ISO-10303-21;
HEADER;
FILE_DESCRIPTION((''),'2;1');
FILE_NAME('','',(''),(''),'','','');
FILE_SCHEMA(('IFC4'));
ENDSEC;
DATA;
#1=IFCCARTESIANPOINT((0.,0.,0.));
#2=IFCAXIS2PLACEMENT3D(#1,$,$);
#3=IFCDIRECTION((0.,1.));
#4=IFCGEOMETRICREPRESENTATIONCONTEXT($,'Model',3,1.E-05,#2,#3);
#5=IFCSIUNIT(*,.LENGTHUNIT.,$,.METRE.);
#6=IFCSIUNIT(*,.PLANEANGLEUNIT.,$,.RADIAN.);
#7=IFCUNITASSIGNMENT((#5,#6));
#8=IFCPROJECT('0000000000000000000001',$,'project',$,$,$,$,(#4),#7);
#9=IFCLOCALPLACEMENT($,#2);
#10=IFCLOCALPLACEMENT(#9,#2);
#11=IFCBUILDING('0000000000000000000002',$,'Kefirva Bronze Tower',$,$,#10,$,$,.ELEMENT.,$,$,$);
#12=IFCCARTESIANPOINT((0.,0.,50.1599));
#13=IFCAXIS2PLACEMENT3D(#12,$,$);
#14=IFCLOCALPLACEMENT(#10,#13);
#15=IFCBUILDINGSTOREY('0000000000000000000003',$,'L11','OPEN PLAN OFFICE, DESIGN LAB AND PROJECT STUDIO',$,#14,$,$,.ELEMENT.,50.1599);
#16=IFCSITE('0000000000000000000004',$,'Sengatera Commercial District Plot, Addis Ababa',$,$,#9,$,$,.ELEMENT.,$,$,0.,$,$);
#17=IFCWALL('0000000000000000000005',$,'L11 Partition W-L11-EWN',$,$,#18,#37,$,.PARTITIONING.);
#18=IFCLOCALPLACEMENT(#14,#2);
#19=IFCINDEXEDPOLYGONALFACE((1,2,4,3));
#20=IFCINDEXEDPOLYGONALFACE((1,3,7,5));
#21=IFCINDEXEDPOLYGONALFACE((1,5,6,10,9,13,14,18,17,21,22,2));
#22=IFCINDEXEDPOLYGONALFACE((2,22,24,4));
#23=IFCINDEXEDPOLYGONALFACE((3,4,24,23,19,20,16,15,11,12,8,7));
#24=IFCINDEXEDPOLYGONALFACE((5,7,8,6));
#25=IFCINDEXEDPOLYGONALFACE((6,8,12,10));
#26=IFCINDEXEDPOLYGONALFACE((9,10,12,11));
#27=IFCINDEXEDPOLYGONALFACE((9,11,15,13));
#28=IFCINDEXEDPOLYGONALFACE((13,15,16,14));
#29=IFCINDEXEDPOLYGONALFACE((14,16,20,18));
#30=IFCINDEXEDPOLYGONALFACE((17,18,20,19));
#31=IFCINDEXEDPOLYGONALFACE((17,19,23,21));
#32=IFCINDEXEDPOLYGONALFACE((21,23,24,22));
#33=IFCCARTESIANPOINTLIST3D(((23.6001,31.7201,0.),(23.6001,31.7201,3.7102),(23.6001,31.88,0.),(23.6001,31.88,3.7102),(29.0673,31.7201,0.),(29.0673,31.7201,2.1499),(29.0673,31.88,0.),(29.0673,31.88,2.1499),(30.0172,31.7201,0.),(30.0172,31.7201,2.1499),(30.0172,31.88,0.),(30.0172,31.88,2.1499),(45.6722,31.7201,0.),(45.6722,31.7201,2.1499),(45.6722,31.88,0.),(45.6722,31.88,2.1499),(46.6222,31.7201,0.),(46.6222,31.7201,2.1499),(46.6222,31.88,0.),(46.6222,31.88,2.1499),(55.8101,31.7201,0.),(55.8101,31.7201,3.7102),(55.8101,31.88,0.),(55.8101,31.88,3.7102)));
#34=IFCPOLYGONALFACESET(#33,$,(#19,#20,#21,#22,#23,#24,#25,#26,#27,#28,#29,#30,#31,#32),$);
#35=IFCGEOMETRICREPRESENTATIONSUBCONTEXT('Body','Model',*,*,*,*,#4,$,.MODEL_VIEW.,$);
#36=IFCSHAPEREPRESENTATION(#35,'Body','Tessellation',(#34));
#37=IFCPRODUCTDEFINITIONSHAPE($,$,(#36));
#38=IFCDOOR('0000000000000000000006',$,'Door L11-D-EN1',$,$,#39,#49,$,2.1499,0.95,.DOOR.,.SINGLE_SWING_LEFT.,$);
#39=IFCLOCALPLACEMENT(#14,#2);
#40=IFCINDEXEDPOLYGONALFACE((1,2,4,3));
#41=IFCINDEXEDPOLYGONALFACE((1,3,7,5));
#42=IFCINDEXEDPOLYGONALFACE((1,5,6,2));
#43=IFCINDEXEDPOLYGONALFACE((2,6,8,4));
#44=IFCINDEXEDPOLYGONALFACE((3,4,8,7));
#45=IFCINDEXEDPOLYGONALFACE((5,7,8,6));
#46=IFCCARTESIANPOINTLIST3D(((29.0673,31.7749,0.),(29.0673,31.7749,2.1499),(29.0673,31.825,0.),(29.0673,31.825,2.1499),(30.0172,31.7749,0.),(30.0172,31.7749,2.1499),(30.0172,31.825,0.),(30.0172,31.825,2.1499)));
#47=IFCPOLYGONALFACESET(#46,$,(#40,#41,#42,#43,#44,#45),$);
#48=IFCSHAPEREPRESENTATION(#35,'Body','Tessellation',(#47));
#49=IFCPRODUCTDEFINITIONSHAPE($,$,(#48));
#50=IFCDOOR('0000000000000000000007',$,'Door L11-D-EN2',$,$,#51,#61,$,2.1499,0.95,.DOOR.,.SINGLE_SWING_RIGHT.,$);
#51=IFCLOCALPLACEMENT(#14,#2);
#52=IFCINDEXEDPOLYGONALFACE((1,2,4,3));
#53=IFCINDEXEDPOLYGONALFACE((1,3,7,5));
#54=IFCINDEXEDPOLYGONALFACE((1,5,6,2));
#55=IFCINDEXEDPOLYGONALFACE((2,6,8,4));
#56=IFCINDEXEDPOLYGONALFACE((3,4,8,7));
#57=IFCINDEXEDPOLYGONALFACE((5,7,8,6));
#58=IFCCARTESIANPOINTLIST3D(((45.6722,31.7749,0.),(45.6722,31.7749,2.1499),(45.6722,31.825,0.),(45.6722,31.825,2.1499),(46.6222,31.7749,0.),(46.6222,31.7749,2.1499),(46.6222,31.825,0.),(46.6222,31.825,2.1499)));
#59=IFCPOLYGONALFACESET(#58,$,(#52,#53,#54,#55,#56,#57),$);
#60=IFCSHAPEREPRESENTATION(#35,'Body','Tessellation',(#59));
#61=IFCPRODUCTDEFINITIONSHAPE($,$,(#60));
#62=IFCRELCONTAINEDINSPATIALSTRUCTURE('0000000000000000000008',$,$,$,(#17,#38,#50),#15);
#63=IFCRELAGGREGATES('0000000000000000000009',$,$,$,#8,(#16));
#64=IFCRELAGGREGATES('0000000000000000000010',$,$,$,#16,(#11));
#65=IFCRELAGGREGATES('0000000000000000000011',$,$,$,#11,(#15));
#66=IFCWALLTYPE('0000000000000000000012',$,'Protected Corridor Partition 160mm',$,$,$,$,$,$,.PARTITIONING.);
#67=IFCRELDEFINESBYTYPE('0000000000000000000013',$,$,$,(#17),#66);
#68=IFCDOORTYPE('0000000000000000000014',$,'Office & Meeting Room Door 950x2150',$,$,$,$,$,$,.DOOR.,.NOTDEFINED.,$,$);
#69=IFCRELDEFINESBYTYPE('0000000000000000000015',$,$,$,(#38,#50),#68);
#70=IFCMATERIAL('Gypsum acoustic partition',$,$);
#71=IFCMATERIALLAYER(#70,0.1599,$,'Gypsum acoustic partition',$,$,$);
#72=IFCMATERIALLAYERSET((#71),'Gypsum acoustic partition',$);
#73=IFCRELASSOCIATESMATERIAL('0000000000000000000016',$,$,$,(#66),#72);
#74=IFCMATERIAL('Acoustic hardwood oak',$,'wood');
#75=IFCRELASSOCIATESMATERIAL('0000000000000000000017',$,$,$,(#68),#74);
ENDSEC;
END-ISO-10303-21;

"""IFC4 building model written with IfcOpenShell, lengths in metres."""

from ifc_helpers import new_model, si_unit, direction, frame, frame_2d, origin, place, context, subcontext, project, spatial, rectangle, extrude, material, layer, layer_set, type_object, element, fill, save


model = new_model("IFC4")

# Units and contexts
model_context = context("Model", 3, precision=1e-05, world=origin(), true_north=direction((0.0, 1.0)))
body_context = subcontext(model_context, "Body", "Model", "MODEL_VIEW")
ifc_project = project(units=[si_unit("LENGTHUNIT", "METRE"), si_unit("PLANEANGLEUNIT", "RADIAN")], contexts=[model_context])

# Site, building, storey
site_placement = place(None, origin())
site = spatial("IfcSite", under=ifc_project, at=site_placement, Name="Sengatera Commercial District Plot, Addis Ababa", CompositionType="ELEMENT", RefElevation=0.0)
building_placement = place(site_placement, origin())
building = spatial("IfcBuilding", under=site, at=building_placement, Name="Kefirva Bronze Tower", CompositionType="ELEMENT")
storey_placement = place(building_placement, frame((0.0, 0.0, 50.1599)))
storey = spatial("IfcBuildingStorey", under=building, at=storey_placement, Name="L11", Description="OPEN PLAN OFFICE, DESIGN LAB AND PROJECT STUDIO", CompositionType="ELEMENT", Elevation=50.1599)

# Shared definitions
ifc_material_1 = material(Name="Gypsum acoustic partition")

# Wall, openings, doors
ifc_layer_1 = layer(ifc_material_1, 0.1599, Name="Gypsum acoustic partition")
ifc_layer_set_1 = layer_set([ifc_layer_1], Name="Gypsum acoustic partition")
wall_type_1 = type_object("IfcWallType", Name="Protected Corridor Partition 160mm", PredefinedType="PARTITIONING", material=ifc_layer_set_1)
ifc_material_2 = material(Name="Acoustic hardwood oak", Category="wood")
door_type = type_object("IfcDoorType", Name="Office & Meeting Room Door 950x2150", OperationType="NOTDEFINED", PredefinedType="DOOR", material=ifc_material_2)
wall_1_placement = place(storey_placement, frame((23.6001, 31.8, 0.0), z_axis=(0.0, 0.0, 1.0), x_axis=(1.0, 0.0, 0.0)))
wall_1 = element("IfcWall", 1, at=wall_1_placement, inside=storey, type_object=wall_type_1, Name="L11 Partition W-L11-EWN", PredefinedType="PARTITIONING", context=body_context, shape_type="SweptSolid", body=[
    extrude(rectangle(XDim=32.21, YDim=0.1599, at=frame_2d((16.105, 0.0))), origin(), (0.0, 0.0, 1.0), 3.7102),
])
opening_1_placement = place(wall_1_placement, frame((5.467, 0.0, 0.0)))
opening_1 = element("IfcOpeningElement", 2, at=opening_1_placement, cuts=wall_1, PredefinedType="OPENING", context=body_context, shape_type="SweptSolid", body=[
    extrude(rectangle(XDim=0.95, YDim=2.1499, at=frame_2d((0.4751, 1.075))), frame((0.0, 0.0898, 0.0), z_axis=(0.0, -1.0, 0.0), x_axis=(1.0, 0.0, 0.0)), (0.0, 0.0, 1.0), 0.1799),
])
opening_2_placement = place(wall_1_placement, frame((22.072, 0.0, 0.0)))
opening_2 = element("IfcOpeningElement", 3, at=opening_2_placement, cuts=wall_1, PredefinedType="OPENING", context=body_context, shape_type="SweptSolid", body=[
    extrude(rectangle(XDim=0.95, YDim=2.1499, at=frame_2d((0.4751, 1.075))), frame((0.0, 0.0898, 0.0), z_axis=(0.0, -1.0, 0.0), x_axis=(1.0, 0.0, 0.0)), (0.0, 0.0, 1.0), 0.1799),
])
door_1_placement = place(opening_1_placement, origin())
door_1 = element("IfcDoor", 4, at=door_1_placement, inside=storey, type_object=door_type, Name="Door L11-D-EN1", OperationType="SINGLE_SWING_LEFT", OverallHeight=2.1499, OverallWidth=0.95, PredefinedType="DOOR", context=body_context, shape_type="SweptSolid", body=[
    extrude(rectangle(XDim=0.95, YDim=2.1499, at=frame_2d((0.4751, 1.075))), frame((0.0, 0.0249, 0.0), z_axis=(0.0, -1.0, 0.0), x_axis=(1.0, 0.0, 0.0)), (0.0, 0.0, 1.0), 0.05),
])
fill(opening_1, door_1)
door_2_placement = place(opening_2_placement, origin())
door_2 = element("IfcDoor", 5, at=door_2_placement, inside=storey, type_object=door_type, Name="Door L11-D-EN2", OperationType="SINGLE_SWING_RIGHT", OverallHeight=2.1499, OverallWidth=0.95, PredefinedType="DOOR", context=body_context, shape_type="SweptSolid", body=[
    extrude(rectangle(XDim=0.95, YDim=2.1499, at=frame_2d((0.4751, 1.075))), frame((0.0, 0.0249, 0.0), z_axis=(0.0, -1.0, 0.0), x_axis=(1.0, 0.0, 0.0)), (0.0, 0.0, 1.0), 0.05),
])
fill(opening_2, door_2)

save(model, "model.ifc")
